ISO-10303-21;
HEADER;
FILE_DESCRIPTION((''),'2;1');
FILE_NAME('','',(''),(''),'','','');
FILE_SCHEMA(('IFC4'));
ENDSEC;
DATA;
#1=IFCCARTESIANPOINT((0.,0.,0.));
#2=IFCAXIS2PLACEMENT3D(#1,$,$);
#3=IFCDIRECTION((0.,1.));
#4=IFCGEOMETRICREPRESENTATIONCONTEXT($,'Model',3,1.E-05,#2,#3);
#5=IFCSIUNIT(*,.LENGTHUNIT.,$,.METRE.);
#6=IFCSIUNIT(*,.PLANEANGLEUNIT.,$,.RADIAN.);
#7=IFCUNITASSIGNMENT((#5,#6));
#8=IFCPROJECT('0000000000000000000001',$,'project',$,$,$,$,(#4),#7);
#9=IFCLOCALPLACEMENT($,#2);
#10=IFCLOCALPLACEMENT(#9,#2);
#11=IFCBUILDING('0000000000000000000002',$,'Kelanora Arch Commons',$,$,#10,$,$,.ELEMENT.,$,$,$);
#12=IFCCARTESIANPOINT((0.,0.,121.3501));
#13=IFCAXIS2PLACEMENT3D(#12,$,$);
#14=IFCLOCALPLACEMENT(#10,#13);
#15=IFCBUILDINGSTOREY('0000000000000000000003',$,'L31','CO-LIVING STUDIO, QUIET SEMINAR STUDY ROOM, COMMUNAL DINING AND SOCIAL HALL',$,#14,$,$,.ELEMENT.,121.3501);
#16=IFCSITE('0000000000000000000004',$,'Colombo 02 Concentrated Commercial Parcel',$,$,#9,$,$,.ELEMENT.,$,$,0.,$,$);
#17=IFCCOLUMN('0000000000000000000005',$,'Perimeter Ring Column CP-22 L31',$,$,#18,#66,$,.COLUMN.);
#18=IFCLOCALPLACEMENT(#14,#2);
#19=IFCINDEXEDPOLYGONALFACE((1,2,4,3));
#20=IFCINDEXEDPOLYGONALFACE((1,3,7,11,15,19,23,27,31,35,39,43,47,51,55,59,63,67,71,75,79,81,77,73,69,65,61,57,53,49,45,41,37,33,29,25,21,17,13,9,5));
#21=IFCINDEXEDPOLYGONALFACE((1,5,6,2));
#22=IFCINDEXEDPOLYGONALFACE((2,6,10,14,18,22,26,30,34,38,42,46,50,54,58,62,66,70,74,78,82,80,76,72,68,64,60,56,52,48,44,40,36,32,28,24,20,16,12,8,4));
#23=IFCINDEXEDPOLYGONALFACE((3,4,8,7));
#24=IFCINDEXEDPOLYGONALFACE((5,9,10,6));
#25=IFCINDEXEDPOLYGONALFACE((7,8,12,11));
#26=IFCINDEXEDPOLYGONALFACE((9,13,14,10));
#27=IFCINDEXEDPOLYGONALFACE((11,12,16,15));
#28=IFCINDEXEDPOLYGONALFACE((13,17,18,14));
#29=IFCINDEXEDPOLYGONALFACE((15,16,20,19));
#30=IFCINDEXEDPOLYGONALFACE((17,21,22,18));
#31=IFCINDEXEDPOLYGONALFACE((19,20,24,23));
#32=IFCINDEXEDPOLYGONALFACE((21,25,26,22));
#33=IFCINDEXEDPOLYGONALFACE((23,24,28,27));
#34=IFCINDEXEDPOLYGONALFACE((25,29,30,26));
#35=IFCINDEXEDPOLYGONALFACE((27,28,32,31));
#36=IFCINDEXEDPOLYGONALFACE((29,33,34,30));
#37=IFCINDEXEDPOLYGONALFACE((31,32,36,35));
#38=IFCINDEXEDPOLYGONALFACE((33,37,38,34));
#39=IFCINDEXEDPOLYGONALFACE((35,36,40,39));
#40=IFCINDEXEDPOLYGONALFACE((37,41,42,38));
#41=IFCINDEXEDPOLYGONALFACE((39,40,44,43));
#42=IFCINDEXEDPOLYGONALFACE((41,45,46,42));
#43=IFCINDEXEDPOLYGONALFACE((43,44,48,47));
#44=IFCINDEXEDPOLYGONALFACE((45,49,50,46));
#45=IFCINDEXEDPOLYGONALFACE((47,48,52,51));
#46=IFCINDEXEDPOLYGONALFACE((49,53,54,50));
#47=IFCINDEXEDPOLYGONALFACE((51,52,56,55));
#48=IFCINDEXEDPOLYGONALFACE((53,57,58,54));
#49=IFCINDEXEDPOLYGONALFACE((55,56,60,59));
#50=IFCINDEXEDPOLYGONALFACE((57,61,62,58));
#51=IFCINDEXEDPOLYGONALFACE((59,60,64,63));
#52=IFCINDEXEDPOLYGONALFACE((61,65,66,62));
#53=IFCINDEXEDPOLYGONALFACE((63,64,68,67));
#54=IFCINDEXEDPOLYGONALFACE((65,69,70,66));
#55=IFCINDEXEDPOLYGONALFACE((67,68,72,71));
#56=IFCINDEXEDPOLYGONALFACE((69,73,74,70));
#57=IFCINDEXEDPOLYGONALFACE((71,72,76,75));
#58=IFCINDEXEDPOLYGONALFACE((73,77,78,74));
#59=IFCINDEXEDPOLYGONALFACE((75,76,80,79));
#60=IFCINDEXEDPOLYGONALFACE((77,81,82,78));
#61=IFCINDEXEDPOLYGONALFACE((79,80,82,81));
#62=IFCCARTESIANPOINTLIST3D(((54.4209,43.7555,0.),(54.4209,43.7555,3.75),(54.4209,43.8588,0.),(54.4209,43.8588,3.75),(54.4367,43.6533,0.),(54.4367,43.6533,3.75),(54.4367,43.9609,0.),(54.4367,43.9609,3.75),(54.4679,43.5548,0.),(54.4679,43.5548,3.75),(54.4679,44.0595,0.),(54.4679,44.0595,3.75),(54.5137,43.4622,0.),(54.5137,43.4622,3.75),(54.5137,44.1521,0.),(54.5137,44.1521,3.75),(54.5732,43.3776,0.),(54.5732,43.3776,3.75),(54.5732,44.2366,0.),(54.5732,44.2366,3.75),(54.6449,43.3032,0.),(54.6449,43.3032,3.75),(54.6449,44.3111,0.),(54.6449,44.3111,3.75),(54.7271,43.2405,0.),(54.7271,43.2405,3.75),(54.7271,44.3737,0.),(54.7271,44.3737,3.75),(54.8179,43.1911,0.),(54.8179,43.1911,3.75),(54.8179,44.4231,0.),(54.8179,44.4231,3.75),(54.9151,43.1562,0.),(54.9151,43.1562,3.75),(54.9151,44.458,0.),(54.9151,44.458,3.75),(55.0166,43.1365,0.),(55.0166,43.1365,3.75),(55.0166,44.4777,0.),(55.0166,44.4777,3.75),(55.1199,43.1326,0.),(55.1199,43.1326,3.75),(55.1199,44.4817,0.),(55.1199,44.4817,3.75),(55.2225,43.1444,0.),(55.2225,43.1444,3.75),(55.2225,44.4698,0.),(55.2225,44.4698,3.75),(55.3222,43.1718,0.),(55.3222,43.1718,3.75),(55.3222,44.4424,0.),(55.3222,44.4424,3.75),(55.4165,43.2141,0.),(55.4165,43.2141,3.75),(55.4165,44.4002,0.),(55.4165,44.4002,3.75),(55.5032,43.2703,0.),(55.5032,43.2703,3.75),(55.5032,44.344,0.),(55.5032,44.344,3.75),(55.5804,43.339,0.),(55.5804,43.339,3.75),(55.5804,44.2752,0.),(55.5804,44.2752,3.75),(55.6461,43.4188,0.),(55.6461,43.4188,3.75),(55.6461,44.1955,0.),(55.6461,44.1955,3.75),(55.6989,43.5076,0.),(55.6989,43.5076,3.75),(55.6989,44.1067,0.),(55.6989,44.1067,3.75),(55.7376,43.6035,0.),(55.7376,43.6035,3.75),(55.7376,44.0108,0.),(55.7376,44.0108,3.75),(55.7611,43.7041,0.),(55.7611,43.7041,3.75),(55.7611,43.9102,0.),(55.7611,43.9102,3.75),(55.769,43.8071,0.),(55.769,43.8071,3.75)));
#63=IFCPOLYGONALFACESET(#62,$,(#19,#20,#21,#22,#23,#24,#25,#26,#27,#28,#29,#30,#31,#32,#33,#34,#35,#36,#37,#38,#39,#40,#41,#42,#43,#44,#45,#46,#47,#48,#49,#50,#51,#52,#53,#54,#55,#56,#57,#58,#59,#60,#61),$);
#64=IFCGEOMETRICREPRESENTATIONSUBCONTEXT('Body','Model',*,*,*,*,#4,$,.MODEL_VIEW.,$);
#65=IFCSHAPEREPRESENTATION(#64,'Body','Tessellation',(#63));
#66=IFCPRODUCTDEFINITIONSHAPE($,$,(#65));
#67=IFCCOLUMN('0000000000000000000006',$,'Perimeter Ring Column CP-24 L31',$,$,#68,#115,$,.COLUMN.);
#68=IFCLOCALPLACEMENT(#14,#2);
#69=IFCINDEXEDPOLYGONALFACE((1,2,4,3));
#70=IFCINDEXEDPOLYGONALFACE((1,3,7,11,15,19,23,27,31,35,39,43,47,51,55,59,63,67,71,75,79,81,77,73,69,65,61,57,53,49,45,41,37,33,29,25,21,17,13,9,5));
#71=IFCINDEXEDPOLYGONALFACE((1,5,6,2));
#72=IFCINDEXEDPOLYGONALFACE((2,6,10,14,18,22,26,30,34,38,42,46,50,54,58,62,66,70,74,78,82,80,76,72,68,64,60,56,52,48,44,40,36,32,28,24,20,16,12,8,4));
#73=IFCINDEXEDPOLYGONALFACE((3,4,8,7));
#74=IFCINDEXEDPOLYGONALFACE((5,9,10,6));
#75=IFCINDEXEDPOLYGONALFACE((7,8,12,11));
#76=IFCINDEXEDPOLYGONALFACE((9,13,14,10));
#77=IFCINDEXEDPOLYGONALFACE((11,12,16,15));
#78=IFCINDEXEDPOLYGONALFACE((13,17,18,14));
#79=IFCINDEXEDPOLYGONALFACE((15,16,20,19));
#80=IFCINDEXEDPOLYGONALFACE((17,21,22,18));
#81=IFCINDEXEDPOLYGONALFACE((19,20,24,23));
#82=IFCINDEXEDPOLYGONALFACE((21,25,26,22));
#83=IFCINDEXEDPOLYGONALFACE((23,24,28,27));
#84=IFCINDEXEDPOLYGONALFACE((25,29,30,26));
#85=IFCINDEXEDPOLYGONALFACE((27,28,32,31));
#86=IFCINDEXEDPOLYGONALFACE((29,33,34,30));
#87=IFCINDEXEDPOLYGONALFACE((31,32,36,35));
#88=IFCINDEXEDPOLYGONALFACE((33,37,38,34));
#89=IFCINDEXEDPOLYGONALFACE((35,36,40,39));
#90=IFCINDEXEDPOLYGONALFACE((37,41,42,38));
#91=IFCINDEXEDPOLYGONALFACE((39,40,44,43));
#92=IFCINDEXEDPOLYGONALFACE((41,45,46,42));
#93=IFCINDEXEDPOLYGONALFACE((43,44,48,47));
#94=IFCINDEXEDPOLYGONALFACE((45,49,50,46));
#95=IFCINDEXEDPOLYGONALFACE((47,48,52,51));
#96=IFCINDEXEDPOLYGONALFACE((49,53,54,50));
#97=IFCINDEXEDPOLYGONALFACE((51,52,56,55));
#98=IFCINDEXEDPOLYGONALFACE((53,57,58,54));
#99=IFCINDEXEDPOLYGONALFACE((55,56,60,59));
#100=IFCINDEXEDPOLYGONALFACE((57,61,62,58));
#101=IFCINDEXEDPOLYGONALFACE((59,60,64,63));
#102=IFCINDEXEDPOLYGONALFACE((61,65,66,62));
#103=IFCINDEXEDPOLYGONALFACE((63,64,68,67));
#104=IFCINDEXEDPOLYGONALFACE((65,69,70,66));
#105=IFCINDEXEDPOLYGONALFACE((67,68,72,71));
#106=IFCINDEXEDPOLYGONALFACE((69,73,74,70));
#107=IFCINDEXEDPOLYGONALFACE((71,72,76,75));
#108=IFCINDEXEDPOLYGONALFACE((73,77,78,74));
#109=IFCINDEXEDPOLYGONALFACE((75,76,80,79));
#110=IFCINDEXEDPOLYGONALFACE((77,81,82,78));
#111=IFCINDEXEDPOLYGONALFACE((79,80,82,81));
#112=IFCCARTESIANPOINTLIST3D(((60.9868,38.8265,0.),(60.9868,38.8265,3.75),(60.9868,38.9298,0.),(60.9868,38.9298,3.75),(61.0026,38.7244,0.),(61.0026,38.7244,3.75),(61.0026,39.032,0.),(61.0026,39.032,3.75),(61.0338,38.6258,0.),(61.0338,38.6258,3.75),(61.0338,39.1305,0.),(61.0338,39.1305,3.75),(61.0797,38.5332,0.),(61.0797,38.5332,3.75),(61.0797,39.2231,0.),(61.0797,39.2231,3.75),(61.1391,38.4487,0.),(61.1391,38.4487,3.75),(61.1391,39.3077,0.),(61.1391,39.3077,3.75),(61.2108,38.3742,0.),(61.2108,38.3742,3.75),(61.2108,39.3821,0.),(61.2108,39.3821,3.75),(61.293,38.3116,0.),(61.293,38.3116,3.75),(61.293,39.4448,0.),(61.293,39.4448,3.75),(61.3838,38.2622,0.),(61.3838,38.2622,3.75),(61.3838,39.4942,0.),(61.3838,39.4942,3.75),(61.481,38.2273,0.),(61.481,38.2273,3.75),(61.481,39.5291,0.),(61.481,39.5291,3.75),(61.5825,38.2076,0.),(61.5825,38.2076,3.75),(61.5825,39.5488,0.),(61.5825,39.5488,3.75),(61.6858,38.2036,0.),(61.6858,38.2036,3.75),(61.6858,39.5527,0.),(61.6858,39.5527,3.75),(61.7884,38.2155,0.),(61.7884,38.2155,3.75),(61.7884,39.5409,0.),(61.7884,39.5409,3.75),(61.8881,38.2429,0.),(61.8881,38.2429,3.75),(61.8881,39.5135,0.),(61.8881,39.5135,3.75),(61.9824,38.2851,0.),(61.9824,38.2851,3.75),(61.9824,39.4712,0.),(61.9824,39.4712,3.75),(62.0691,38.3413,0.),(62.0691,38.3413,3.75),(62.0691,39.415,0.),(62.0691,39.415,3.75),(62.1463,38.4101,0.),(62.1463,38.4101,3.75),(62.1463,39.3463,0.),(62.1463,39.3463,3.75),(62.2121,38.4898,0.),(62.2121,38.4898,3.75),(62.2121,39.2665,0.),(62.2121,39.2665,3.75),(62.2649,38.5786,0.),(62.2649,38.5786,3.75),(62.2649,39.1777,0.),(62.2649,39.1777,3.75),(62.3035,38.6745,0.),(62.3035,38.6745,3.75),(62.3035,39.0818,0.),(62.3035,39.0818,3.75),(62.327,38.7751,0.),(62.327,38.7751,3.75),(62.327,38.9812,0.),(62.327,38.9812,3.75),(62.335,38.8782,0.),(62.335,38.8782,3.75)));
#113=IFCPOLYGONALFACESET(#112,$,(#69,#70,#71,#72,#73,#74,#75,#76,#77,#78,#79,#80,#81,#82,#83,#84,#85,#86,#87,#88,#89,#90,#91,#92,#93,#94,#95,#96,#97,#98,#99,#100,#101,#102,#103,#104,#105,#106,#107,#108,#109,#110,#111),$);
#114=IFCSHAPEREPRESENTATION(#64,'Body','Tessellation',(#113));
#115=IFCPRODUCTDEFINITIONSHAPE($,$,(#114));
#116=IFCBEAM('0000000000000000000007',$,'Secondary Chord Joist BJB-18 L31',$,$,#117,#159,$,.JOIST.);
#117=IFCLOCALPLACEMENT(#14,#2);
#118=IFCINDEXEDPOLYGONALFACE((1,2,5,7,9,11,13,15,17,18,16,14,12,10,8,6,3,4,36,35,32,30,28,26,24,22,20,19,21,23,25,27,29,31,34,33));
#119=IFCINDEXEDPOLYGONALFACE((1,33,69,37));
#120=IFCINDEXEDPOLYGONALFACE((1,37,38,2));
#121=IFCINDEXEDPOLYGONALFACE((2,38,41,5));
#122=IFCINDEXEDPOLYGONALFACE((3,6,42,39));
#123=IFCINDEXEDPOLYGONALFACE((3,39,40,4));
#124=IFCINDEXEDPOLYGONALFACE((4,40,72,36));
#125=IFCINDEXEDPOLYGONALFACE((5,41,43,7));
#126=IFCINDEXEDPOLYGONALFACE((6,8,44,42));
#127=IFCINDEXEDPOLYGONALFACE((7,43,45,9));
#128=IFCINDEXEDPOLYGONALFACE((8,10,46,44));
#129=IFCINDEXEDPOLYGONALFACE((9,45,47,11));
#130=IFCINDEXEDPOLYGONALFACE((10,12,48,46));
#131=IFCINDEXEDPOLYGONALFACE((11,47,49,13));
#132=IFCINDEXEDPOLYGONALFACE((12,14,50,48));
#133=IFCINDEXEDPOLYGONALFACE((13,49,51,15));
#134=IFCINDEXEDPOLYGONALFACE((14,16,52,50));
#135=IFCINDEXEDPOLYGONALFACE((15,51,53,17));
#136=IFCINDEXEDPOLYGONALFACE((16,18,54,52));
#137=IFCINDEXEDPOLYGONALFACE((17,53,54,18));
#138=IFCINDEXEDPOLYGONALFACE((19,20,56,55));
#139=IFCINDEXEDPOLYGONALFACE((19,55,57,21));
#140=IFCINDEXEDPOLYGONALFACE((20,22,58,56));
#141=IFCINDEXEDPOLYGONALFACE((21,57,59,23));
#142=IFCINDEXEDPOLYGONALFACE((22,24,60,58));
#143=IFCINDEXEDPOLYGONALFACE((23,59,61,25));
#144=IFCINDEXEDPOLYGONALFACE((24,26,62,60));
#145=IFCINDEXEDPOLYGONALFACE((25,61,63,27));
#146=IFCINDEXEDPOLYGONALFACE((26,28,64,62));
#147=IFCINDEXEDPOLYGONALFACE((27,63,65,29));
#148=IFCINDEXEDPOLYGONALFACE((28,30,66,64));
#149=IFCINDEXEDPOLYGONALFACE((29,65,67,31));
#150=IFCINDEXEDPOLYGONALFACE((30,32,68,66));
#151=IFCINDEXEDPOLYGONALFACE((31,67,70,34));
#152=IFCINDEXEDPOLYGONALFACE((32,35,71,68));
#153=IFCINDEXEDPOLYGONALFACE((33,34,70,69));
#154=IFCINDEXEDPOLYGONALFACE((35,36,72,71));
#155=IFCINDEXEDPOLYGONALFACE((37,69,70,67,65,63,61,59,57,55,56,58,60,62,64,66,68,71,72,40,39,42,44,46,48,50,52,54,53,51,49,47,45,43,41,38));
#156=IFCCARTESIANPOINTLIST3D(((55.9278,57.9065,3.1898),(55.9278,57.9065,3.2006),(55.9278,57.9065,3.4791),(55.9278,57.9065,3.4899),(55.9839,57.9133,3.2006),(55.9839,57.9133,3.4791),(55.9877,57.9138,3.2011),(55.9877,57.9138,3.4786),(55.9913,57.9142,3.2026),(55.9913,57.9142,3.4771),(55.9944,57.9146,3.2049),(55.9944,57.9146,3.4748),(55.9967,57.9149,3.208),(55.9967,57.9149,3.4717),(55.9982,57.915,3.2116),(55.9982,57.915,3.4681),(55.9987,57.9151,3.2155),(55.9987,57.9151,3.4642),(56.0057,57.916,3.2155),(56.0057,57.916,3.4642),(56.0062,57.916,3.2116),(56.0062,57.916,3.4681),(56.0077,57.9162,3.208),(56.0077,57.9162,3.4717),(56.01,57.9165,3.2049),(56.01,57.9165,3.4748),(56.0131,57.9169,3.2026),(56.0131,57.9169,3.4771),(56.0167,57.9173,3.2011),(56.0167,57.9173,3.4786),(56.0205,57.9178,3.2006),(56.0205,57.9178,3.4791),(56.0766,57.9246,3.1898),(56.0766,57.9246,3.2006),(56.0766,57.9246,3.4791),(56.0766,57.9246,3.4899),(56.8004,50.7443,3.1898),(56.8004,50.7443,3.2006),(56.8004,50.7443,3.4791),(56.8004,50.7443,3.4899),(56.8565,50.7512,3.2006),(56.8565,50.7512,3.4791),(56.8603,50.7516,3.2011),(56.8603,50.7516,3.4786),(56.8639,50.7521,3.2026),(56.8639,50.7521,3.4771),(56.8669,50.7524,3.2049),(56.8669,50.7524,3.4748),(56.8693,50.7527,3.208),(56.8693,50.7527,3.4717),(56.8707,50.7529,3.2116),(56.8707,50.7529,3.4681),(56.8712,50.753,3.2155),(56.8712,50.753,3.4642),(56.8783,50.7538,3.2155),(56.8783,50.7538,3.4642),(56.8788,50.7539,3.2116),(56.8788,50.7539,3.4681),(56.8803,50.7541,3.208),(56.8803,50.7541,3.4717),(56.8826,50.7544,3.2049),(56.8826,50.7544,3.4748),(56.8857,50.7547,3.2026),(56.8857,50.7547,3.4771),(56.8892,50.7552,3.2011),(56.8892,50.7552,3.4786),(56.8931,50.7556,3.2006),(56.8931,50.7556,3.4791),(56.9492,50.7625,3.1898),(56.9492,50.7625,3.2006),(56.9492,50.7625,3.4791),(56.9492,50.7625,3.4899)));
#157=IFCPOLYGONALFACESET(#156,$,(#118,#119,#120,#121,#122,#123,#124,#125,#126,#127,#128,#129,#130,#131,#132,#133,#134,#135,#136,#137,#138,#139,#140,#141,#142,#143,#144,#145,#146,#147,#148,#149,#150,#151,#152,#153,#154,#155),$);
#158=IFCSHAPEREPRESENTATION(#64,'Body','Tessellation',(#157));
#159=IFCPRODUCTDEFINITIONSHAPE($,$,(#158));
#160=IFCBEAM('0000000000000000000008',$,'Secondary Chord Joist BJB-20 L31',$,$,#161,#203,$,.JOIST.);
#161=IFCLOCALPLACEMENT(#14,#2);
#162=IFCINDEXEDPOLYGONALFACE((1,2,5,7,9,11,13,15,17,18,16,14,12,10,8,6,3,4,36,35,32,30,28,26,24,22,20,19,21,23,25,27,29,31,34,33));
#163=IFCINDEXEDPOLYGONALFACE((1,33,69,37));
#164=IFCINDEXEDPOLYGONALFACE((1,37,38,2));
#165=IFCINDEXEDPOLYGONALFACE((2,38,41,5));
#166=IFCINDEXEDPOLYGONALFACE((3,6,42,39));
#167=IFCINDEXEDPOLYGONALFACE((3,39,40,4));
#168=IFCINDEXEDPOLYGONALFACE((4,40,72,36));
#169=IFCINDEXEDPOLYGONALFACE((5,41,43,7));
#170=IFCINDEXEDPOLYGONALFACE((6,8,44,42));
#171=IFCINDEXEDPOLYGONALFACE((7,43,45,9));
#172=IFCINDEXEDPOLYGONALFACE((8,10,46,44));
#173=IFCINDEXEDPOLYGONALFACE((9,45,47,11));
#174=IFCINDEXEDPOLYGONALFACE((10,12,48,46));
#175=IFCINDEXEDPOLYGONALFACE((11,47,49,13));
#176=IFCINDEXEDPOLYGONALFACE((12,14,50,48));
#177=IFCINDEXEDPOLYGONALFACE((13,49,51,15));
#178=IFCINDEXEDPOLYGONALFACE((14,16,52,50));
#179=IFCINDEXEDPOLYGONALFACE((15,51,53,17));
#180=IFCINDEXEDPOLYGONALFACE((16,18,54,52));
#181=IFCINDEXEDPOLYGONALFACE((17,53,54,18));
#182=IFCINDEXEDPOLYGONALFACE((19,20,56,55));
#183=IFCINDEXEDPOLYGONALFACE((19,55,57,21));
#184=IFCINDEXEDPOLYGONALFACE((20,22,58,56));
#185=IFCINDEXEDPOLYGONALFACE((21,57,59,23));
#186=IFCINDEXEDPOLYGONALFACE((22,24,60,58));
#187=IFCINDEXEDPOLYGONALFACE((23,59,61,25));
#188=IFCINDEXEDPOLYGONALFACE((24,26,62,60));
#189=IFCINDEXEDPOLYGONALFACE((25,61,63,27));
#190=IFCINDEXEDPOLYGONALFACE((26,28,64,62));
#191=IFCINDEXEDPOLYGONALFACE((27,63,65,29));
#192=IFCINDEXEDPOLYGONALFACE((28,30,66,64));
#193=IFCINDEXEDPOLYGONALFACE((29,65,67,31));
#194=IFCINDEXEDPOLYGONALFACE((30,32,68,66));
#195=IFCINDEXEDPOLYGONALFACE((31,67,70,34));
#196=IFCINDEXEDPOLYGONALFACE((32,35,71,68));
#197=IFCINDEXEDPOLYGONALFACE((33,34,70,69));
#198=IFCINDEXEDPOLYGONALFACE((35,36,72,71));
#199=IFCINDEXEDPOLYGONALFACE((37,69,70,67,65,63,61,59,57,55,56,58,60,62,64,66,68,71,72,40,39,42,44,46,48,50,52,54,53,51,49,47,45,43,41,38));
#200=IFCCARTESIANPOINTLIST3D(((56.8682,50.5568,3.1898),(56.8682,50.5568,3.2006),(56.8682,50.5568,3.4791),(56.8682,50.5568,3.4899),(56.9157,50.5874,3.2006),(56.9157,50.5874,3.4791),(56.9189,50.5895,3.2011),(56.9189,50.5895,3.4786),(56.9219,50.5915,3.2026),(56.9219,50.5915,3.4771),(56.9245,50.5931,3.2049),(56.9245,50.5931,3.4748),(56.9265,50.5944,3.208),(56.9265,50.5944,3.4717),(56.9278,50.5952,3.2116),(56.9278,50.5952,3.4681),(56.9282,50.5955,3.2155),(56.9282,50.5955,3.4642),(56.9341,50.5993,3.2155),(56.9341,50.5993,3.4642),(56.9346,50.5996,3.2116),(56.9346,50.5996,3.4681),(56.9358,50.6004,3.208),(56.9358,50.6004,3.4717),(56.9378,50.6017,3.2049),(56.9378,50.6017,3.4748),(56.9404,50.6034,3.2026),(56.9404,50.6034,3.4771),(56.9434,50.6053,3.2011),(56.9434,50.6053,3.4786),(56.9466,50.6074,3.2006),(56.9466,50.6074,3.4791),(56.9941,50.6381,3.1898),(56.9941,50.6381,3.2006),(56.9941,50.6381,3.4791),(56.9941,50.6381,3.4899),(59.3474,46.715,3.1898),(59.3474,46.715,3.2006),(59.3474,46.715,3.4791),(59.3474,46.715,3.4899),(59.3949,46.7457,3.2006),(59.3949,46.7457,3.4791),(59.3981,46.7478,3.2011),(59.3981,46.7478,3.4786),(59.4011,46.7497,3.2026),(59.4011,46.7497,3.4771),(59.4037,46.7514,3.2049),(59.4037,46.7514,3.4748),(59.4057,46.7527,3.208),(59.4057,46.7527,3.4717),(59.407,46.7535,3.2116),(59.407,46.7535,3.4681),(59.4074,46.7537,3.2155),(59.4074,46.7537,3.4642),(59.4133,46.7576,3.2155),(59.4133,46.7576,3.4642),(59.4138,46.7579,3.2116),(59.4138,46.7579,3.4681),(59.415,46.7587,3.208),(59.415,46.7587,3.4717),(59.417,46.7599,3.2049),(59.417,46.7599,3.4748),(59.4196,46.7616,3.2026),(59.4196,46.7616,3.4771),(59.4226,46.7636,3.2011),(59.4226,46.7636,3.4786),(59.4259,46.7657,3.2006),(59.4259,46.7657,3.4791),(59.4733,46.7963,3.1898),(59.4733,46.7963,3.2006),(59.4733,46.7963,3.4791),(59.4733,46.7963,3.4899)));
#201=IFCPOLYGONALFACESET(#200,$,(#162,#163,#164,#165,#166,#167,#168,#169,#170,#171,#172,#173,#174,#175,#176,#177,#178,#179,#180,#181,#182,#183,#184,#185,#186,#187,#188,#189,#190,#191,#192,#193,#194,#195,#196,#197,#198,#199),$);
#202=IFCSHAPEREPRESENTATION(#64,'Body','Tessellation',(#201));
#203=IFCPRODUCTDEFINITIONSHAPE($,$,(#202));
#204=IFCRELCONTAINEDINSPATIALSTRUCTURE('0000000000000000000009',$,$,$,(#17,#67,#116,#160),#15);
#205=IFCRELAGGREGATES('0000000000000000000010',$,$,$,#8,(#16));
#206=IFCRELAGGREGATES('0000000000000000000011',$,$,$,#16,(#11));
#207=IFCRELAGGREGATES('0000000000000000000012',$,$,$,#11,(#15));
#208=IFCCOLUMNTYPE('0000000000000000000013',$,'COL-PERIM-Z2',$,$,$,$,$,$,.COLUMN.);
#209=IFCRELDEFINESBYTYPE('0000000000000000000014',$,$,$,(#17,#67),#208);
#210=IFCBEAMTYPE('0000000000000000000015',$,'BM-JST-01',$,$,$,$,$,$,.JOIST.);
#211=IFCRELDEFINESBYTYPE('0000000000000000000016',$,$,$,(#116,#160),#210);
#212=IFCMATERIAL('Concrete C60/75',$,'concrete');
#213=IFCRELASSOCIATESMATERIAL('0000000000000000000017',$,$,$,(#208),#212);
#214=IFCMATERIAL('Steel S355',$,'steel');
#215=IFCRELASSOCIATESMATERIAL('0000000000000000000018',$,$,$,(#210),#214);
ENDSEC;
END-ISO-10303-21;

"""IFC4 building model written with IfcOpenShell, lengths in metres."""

from ifc_helpers import new_model, si_unit, direction, frame, origin, origin_2d, place, context, subcontext, project, spatial, circle, i_section, extrude, material, material_profile, profile_set, type_object, element, save


model = new_model("IFC4")

# Units and contexts
model_context = context("Model", 3, precision=1e-05, world=origin(), true_north=direction((0.0, 1.0)))
body_context = subcontext(model_context, "Body", "Model", "MODEL_VIEW")
ifc_project = project(units=[si_unit("LENGTHUNIT", "METRE"), si_unit("PLANEANGLEUNIT", "RADIAN")], contexts=[model_context])

# Site, building, storey
site_placement = place(None, origin())
site = spatial("IfcSite", under=ifc_project, at=site_placement, Name="Colombo 02 Concentrated Commercial Parcel", CompositionType="ELEMENT", RefElevation=0.0)
building_placement = place(site_placement, origin())
building = spatial("IfcBuilding", under=site, at=building_placement, Name="Kelanora Arch Commons", CompositionType="ELEMENT")
storey_placement = place(building_placement, frame((0.0, 0.0, 121.3501)))
storey = spatial("IfcBuildingStorey", under=building, at=storey_placement, Name="L31", Description="CO-LIVING STUDIO, QUIET SEMINAR STUDY ROOM, COMMUNAL DINING AND SOCIAL HALL", CompositionType="ELEMENT", Elevation=121.3501)

# Columns
ifc_material_1 = material(Name="Concrete C60/75", Category="concrete")
ifc_material_profile_1 = material_profile(ifc_material_1, circle(Radius=0.675, at=origin_2d()), Name="RCC1350")
ifc_profile_set_1 = profile_set([ifc_material_profile_1], Name="Concrete C60/75")
column_type = type_object("IfcColumnType", Name="COL-PERIM-Z2", PredefinedType="COLUMN", material=ifc_profile_set_1)
for number, where, z_axis, x_axis, name in (
    (1, (55.094, 43.8071, 0.0), (0.0, 0.0, 1.0), (1.0, 0.0, 0.0), "Perimeter Ring Column CP-22 L31"),
    (2, (61.6599, 38.8782, 0.0), (0.0, 0.0, 1.0), (1.0, 0.0, 0.0), "Perimeter Ring Column CP-24 L31"),
):
    element("IfcColumn", number, at=place(storey_placement, frame(where, z_axis=z_axis, x_axis=x_axis)), inside=storey, type_object=column_type, Name=name, PredefinedType="COLUMN", context=body_context, shape_type="SweptSolid", body=[
        extrude(circle(Radius=0.675, at=origin_2d()), origin(), (0.0, 0.0, 1.0), 3.75),
    ])

# Beams
ifc_material_2 = material(Name="Steel S355", Category="steel")
ifc_material_profile_2 = material_profile(ifc_material_2, i_section(OverallWidth=0.1499, OverallDepth=0.3, WebThickness=0.0071, FlangeThickness=0.0107, FilletRadius=0.0149, at=origin_2d()), Name="IPE300")
ifc_profile_set_2 = profile_set([ifc_material_profile_2], Name="Steel S355")
beam_type_1 = type_object("IfcBeamType", Name="BM-JST-01", PredefinedType="JOIST", material=ifc_profile_set_2)
beam_1_placement = place(storey_placement, frame((56.0022, 57.9155, 3.3398), z_axis=(0.120936, -0.99266, 0.0), x_axis=(0.99266, 0.120936, 0.0)))
element("IfcBeam", 3, at=beam_1_placement, inside=storey, type_object=beam_type_1, Name="Secondary Chord Joist BJB-18 L31", PredefinedType="JOIST", context=body_context, shape_type="SweptSolid", body=[
    extrude(i_section(OverallWidth=0.1499, OverallDepth=0.3, WebThickness=0.0071, FlangeThickness=0.0107, FilletRadius=0.0149, at=origin_2d()), origin(), (0.0, 0.0, 1.0), 7.2151),
])
beam_2_placement = place(storey_placement, frame((56.9312, 50.5974, 3.3398), z_axis=(0.54223, -0.84023, 0.0), x_axis=(0.84023, 0.54223, 0.0)))
element("IfcBeam", 4, at=beam_2_placement, inside=storey, type_object=beam_type_1, Name="Secondary Chord Joist BJB-20 L31", PredefinedType="JOIST", context=body_context, shape_type="SweptSolid", body=[
    extrude(i_section(OverallWidth=0.1499, OverallDepth=0.3, WebThickness=0.0071, FlangeThickness=0.0107, FilletRadius=0.0149, at=origin_2d()), origin(), (0.0, 0.0, 1.0), 4.5723),
])

save(model, "model.ifc")
